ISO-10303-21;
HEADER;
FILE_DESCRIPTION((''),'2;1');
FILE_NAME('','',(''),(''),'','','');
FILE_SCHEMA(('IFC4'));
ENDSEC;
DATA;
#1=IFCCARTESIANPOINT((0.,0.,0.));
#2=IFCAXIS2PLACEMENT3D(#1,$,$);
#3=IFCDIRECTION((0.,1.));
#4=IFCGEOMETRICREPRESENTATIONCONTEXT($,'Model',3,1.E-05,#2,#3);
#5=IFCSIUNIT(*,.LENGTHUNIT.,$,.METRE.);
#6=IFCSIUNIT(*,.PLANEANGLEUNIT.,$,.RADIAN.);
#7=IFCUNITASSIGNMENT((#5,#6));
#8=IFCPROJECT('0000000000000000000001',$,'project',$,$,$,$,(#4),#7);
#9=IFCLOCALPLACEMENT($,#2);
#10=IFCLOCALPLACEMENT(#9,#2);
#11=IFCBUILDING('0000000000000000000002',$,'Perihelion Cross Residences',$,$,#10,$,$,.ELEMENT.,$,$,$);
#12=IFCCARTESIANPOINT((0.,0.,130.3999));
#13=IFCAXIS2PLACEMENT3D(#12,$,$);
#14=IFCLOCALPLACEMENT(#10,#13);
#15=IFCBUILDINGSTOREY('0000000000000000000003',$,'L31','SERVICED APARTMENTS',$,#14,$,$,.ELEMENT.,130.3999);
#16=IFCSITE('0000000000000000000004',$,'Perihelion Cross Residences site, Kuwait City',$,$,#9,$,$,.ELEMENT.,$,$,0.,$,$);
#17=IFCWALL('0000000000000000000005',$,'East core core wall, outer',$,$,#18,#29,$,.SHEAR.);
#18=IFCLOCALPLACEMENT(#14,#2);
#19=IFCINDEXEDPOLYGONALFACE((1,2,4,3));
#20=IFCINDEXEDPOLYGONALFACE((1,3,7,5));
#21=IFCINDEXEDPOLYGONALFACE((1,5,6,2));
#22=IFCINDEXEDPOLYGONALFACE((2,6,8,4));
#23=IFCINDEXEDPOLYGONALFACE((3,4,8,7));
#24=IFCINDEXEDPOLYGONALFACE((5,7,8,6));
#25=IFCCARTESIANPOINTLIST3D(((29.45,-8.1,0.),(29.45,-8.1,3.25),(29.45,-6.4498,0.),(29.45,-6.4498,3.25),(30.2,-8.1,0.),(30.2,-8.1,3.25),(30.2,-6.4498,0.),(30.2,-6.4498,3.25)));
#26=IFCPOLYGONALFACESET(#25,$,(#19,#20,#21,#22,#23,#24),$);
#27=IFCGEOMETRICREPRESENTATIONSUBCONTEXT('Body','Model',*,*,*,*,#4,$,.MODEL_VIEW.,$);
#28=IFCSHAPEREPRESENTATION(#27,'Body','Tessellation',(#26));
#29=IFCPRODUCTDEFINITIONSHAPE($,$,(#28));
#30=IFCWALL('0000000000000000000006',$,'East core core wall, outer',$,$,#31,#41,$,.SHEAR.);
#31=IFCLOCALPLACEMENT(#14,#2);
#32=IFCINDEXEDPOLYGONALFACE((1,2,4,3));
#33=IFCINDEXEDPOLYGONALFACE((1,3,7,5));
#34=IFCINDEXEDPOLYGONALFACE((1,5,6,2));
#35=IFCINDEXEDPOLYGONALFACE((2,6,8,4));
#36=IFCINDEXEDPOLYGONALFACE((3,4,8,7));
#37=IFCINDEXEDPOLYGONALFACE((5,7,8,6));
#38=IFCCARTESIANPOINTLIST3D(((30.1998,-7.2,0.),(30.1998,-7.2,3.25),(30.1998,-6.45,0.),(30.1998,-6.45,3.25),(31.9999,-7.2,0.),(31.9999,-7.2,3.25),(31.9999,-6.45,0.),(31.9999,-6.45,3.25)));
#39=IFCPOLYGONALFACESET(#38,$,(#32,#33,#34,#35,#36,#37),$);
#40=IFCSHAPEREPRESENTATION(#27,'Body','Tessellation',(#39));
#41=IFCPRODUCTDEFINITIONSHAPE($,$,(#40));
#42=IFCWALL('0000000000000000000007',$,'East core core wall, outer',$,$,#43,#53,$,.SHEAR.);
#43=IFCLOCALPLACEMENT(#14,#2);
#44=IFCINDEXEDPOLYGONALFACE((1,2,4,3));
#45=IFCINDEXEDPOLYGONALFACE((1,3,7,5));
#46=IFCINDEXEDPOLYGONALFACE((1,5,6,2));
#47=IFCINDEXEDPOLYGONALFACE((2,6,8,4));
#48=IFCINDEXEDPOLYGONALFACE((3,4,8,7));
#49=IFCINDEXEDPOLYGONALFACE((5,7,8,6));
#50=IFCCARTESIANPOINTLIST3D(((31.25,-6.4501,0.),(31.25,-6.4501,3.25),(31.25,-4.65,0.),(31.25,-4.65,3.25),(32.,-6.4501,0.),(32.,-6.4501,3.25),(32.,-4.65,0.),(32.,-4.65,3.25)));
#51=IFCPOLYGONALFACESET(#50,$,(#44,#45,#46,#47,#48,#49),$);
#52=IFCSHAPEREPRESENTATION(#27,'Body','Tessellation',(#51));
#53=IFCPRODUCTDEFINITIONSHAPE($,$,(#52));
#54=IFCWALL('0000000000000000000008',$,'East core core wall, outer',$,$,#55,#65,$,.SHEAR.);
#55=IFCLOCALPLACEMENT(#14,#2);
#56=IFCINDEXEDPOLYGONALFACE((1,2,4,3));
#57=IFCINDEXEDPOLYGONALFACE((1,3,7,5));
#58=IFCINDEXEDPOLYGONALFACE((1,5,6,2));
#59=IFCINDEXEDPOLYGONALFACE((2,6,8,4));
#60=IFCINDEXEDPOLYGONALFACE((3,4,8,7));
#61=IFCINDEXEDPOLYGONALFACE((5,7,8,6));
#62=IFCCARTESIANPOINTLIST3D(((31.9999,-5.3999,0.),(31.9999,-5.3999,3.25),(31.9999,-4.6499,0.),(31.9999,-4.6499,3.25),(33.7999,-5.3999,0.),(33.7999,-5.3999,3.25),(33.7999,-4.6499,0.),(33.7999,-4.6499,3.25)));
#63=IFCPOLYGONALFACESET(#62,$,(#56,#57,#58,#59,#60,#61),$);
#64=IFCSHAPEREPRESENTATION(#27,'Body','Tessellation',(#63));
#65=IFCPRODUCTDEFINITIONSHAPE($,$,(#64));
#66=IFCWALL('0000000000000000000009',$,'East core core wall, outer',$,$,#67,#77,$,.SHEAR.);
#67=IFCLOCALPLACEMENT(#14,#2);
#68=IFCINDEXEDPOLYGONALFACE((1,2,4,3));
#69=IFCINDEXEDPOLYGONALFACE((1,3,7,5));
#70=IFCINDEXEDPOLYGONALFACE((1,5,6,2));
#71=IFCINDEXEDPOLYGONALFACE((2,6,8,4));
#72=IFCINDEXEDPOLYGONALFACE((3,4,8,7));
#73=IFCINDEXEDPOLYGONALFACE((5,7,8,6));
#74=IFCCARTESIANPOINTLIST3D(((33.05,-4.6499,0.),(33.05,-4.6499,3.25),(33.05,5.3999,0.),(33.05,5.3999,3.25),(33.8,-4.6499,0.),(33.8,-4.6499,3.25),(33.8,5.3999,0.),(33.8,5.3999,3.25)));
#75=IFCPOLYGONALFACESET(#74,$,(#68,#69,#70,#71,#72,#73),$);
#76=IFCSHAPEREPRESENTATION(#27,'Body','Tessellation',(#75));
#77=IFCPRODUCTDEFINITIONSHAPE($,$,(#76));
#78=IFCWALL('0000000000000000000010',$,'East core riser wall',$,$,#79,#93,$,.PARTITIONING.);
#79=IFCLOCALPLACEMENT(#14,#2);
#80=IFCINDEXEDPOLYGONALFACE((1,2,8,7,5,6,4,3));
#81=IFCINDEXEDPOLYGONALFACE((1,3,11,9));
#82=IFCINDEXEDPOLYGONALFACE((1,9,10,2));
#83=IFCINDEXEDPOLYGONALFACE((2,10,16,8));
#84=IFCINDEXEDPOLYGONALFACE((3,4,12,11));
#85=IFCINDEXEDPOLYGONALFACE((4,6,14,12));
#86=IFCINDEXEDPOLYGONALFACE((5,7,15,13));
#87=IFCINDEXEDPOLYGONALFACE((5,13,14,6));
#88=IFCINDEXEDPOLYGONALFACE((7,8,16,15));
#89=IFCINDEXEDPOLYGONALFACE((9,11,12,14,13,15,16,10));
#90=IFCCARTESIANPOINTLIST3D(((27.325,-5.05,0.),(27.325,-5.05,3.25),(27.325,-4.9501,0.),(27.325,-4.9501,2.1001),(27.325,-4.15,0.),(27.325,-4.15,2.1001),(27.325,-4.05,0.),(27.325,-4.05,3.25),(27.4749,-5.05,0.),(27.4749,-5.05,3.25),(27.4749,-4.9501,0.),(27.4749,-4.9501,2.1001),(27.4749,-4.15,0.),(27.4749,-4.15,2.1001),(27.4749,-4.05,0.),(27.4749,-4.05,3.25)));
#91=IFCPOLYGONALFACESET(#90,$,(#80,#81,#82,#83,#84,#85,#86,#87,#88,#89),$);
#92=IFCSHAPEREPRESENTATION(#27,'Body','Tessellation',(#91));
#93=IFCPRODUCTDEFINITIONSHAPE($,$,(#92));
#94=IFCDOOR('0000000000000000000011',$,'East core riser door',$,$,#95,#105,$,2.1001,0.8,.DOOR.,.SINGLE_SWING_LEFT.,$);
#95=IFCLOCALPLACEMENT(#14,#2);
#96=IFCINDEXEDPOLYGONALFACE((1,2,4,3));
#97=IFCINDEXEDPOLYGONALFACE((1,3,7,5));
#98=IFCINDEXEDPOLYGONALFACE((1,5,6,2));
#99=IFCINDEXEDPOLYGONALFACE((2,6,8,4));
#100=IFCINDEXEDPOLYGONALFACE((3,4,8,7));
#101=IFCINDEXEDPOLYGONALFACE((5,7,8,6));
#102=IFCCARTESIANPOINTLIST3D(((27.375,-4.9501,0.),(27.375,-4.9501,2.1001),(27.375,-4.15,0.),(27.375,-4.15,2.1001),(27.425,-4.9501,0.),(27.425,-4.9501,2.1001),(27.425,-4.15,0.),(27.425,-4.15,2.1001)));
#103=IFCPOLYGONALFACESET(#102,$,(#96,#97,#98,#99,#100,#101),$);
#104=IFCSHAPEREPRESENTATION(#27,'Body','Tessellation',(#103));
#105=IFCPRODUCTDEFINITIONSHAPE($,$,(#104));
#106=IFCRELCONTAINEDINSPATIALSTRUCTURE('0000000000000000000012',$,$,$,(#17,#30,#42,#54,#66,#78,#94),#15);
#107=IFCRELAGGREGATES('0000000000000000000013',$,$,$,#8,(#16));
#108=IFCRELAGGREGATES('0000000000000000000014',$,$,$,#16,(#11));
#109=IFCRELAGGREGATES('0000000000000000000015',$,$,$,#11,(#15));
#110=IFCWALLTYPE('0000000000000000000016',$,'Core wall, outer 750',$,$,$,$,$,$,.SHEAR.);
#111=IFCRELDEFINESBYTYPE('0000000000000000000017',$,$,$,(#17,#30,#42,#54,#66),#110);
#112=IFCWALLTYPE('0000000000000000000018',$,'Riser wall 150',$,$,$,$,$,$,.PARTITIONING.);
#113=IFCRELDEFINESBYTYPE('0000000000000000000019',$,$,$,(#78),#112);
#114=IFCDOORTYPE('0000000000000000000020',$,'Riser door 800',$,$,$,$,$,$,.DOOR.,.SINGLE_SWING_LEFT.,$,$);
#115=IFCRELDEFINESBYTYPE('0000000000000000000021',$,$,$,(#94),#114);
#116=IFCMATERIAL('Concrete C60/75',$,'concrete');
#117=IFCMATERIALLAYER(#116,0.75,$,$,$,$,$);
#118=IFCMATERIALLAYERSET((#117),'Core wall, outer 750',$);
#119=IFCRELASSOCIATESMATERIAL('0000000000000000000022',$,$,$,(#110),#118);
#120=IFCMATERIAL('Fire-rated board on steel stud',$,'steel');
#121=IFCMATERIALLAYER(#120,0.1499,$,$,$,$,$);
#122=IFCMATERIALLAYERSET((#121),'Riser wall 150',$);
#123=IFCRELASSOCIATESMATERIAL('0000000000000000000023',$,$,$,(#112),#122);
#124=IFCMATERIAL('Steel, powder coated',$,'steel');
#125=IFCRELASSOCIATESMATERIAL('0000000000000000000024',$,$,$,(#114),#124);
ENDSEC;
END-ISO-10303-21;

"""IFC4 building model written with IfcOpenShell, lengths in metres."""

from ifc_helpers import new_model, si_unit, direction, frame, frame_2d, origin, place, context, subcontext, project, spatial, rectangle, extrude, material, layer, layer_set, type_object, element, fill, save


model = new_model("IFC4")

# Units and contexts
model_context = context("Model", 3, precision=1e-05, world=origin(), true_north=direction((0.0, 1.0)))
body_context = subcontext(model_context, "Body", "Model", "MODEL_VIEW")
ifc_project = project(units=[si_unit("LENGTHUNIT", "METRE"), si_unit("PLANEANGLEUNIT", "RADIAN")], contexts=[model_context])

# Site, building, storey
site_placement = place(None, origin())
site = spatial("IfcSite", under=ifc_project, at=site_placement, Name="Perihelion Cross Residences site, Kuwait City", CompositionType="ELEMENT", RefElevation=0.0)
building_placement = place(site_placement, origin())
building = spatial("IfcBuilding", under=site, at=building_placement, Name="Perihelion Cross Residences", CompositionType="ELEMENT")
storey_placement = place(building_placement, frame((0.0, 0.0, 130.3999)))
storey = spatial("IfcBuildingStorey", under=building, at=storey_placement, Name="L31", Description="SERVICED APARTMENTS", CompositionType="ELEMENT", Elevation=130.3999)

# Walls
ifc_material_1 = material(Name="Concrete C60/75", Category="concrete")
ifc_layer_1 = layer(ifc_material_1, 0.75)
ifc_layer_set_1 = layer_set([ifc_layer_1], Name="Core wall, outer 750")
wall_type_1 = type_object("IfcWallType", Name="Core wall, outer 750", PredefinedType="SHEAR", material=ifc_layer_set_1)
wall_1_placement = place(storey_placement, frame((29.825, -8.1001, 0.0), z_axis=(0.0, 0.0, 1.0), x_axis=(0.0, 1.0, 0.0)))
element("IfcWall", 1, at=wall_1_placement, inside=storey, type_object=wall_type_1, Name="East core core wall, outer", PredefinedType="SHEAR", context=body_context, shape_type="SweptSolid", body=[
    extrude(rectangle(XDim=1.6501, YDim=0.75, at=frame_2d((0.8252, 0.0))), origin(), (0.0, 0.0, 1.0), 3.25),
])
for number, where, z_axis, x_axis, name in (
    (2, (30.2, -6.825, 0.0), (0.0, 0.0, 1.0), (1.0, 0.0, 0.0), "East core core wall, outer"),
    (3, (31.625, -6.45, 0.0), (0.0, 0.0, 1.0), (0.0, 1.0, 0.0), "East core core wall, outer"),
    (4, (32.0, -5.0249, 0.0), (0.0, 0.0, 1.0), (1.0, 0.0, 0.0), "East core core wall, outer"),
):
    element("IfcWall", number, at=place(storey_placement, frame(where, z_axis=z_axis, x_axis=x_axis)), inside=storey, type_object=wall_type_1, Name=name, PredefinedType="SHEAR", context=body_context, shape_type="SweptSolid", body=[
        extrude(rectangle(XDim=1.8, YDim=0.75, at=frame_2d((0.8999, 0.0))), origin(), (0.0, 0.0, 1.0), 3.25),
    ])
wall_2_placement = place(storey_placement, frame((33.425, -4.6499, 0.0), z_axis=(0.0, 0.0, 1.0), x_axis=(0.0, 1.0, 0.0)))
element("IfcWall", 5, at=wall_2_placement, inside=storey, type_object=wall_type_1, Name="East core core wall, outer", PredefinedType="SHEAR", context=body_context, shape_type="SweptSolid", body=[
    extrude(rectangle(XDim=10.0498, YDim=0.75, at=frame_2d((5.0249, 0.0))), origin(), (0.0, 0.0, 1.0), 3.25),
])

# Wall, opening, door
ifc_material_2 = material(Name="Fire-rated board on steel stud", Category="steel")
ifc_layer_2 = layer(ifc_material_2, 0.1499)
ifc_layer_set_2 = layer_set([ifc_layer_2], Name="Riser wall 150")
wall_type_2 = type_object("IfcWallType", Name="Riser wall 150", PredefinedType="PARTITIONING", material=ifc_layer_set_2)
wall_3_placement = place(storey_placement, frame((27.3999, -5.05, 0.0), z_axis=(0.0, 0.0, 1.0), x_axis=(0.0, 1.0, 0.0)))
wall_3 = element("IfcWall", 6, at=wall_3_placement, inside=storey, type_object=wall_type_2, Name="East core riser wall", PredefinedType="PARTITIONING", context=body_context, shape_type="SweptSolid", body=[
    extrude(rectangle(XDim=1.0, YDim=0.1499, at=frame_2d((0.5, 0.0))), origin(), (0.0, 0.0, 1.0), 3.25),
])
opening_1_placement = place(wall_3_placement, frame((0.1001, 0.0, 0.0)))
opening_1 = element("IfcOpeningElement", 7, at=opening_1_placement, cuts=wall_3, PredefinedType="OPENING", context=body_context, shape_type="SweptSolid", body=[
    extrude(rectangle(XDim=0.8, YDim=2.1001, at=frame_2d((0.3999, 1.05))), frame((0.0, 0.085, 0.0), z_axis=(0.0, -1.0, 0.0), x_axis=(1.0, 0.0, 0.0)), (0.0, 0.0, 1.0), 0.1699),
])
ifc_material_3 = material(Name="Steel, powder coated", Category="steel")
door_type_1 = type_object("IfcDoorType", Name="Riser door 800", OperationType="SINGLE_SWING_LEFT", PredefinedType="DOOR", material=ifc_material_3)
door_1_placement = place(opening_1_placement, origin())
door_1 = element("IfcDoor", 8, at=door_1_placement, inside=storey, type_object=door_type_1, Name="East core riser door", OperationType="SINGLE_SWING_LEFT", OverallHeight=2.1001, OverallWidth=0.8, PredefinedType="DOOR", context=body_context, shape_type="SweptSolid", body=[
    extrude(rectangle(XDim=0.8, YDim=2.1001, at=frame_2d((0.3999, 1.05))), frame((0.0, 0.0249, 0.0), z_axis=(0.0, -1.0, 0.0), x_axis=(1.0, 0.0, 0.0)), (0.0, 0.0, 1.0), 0.05),
])
fill(opening_1, door_1)

save(model, "model.ifc")
